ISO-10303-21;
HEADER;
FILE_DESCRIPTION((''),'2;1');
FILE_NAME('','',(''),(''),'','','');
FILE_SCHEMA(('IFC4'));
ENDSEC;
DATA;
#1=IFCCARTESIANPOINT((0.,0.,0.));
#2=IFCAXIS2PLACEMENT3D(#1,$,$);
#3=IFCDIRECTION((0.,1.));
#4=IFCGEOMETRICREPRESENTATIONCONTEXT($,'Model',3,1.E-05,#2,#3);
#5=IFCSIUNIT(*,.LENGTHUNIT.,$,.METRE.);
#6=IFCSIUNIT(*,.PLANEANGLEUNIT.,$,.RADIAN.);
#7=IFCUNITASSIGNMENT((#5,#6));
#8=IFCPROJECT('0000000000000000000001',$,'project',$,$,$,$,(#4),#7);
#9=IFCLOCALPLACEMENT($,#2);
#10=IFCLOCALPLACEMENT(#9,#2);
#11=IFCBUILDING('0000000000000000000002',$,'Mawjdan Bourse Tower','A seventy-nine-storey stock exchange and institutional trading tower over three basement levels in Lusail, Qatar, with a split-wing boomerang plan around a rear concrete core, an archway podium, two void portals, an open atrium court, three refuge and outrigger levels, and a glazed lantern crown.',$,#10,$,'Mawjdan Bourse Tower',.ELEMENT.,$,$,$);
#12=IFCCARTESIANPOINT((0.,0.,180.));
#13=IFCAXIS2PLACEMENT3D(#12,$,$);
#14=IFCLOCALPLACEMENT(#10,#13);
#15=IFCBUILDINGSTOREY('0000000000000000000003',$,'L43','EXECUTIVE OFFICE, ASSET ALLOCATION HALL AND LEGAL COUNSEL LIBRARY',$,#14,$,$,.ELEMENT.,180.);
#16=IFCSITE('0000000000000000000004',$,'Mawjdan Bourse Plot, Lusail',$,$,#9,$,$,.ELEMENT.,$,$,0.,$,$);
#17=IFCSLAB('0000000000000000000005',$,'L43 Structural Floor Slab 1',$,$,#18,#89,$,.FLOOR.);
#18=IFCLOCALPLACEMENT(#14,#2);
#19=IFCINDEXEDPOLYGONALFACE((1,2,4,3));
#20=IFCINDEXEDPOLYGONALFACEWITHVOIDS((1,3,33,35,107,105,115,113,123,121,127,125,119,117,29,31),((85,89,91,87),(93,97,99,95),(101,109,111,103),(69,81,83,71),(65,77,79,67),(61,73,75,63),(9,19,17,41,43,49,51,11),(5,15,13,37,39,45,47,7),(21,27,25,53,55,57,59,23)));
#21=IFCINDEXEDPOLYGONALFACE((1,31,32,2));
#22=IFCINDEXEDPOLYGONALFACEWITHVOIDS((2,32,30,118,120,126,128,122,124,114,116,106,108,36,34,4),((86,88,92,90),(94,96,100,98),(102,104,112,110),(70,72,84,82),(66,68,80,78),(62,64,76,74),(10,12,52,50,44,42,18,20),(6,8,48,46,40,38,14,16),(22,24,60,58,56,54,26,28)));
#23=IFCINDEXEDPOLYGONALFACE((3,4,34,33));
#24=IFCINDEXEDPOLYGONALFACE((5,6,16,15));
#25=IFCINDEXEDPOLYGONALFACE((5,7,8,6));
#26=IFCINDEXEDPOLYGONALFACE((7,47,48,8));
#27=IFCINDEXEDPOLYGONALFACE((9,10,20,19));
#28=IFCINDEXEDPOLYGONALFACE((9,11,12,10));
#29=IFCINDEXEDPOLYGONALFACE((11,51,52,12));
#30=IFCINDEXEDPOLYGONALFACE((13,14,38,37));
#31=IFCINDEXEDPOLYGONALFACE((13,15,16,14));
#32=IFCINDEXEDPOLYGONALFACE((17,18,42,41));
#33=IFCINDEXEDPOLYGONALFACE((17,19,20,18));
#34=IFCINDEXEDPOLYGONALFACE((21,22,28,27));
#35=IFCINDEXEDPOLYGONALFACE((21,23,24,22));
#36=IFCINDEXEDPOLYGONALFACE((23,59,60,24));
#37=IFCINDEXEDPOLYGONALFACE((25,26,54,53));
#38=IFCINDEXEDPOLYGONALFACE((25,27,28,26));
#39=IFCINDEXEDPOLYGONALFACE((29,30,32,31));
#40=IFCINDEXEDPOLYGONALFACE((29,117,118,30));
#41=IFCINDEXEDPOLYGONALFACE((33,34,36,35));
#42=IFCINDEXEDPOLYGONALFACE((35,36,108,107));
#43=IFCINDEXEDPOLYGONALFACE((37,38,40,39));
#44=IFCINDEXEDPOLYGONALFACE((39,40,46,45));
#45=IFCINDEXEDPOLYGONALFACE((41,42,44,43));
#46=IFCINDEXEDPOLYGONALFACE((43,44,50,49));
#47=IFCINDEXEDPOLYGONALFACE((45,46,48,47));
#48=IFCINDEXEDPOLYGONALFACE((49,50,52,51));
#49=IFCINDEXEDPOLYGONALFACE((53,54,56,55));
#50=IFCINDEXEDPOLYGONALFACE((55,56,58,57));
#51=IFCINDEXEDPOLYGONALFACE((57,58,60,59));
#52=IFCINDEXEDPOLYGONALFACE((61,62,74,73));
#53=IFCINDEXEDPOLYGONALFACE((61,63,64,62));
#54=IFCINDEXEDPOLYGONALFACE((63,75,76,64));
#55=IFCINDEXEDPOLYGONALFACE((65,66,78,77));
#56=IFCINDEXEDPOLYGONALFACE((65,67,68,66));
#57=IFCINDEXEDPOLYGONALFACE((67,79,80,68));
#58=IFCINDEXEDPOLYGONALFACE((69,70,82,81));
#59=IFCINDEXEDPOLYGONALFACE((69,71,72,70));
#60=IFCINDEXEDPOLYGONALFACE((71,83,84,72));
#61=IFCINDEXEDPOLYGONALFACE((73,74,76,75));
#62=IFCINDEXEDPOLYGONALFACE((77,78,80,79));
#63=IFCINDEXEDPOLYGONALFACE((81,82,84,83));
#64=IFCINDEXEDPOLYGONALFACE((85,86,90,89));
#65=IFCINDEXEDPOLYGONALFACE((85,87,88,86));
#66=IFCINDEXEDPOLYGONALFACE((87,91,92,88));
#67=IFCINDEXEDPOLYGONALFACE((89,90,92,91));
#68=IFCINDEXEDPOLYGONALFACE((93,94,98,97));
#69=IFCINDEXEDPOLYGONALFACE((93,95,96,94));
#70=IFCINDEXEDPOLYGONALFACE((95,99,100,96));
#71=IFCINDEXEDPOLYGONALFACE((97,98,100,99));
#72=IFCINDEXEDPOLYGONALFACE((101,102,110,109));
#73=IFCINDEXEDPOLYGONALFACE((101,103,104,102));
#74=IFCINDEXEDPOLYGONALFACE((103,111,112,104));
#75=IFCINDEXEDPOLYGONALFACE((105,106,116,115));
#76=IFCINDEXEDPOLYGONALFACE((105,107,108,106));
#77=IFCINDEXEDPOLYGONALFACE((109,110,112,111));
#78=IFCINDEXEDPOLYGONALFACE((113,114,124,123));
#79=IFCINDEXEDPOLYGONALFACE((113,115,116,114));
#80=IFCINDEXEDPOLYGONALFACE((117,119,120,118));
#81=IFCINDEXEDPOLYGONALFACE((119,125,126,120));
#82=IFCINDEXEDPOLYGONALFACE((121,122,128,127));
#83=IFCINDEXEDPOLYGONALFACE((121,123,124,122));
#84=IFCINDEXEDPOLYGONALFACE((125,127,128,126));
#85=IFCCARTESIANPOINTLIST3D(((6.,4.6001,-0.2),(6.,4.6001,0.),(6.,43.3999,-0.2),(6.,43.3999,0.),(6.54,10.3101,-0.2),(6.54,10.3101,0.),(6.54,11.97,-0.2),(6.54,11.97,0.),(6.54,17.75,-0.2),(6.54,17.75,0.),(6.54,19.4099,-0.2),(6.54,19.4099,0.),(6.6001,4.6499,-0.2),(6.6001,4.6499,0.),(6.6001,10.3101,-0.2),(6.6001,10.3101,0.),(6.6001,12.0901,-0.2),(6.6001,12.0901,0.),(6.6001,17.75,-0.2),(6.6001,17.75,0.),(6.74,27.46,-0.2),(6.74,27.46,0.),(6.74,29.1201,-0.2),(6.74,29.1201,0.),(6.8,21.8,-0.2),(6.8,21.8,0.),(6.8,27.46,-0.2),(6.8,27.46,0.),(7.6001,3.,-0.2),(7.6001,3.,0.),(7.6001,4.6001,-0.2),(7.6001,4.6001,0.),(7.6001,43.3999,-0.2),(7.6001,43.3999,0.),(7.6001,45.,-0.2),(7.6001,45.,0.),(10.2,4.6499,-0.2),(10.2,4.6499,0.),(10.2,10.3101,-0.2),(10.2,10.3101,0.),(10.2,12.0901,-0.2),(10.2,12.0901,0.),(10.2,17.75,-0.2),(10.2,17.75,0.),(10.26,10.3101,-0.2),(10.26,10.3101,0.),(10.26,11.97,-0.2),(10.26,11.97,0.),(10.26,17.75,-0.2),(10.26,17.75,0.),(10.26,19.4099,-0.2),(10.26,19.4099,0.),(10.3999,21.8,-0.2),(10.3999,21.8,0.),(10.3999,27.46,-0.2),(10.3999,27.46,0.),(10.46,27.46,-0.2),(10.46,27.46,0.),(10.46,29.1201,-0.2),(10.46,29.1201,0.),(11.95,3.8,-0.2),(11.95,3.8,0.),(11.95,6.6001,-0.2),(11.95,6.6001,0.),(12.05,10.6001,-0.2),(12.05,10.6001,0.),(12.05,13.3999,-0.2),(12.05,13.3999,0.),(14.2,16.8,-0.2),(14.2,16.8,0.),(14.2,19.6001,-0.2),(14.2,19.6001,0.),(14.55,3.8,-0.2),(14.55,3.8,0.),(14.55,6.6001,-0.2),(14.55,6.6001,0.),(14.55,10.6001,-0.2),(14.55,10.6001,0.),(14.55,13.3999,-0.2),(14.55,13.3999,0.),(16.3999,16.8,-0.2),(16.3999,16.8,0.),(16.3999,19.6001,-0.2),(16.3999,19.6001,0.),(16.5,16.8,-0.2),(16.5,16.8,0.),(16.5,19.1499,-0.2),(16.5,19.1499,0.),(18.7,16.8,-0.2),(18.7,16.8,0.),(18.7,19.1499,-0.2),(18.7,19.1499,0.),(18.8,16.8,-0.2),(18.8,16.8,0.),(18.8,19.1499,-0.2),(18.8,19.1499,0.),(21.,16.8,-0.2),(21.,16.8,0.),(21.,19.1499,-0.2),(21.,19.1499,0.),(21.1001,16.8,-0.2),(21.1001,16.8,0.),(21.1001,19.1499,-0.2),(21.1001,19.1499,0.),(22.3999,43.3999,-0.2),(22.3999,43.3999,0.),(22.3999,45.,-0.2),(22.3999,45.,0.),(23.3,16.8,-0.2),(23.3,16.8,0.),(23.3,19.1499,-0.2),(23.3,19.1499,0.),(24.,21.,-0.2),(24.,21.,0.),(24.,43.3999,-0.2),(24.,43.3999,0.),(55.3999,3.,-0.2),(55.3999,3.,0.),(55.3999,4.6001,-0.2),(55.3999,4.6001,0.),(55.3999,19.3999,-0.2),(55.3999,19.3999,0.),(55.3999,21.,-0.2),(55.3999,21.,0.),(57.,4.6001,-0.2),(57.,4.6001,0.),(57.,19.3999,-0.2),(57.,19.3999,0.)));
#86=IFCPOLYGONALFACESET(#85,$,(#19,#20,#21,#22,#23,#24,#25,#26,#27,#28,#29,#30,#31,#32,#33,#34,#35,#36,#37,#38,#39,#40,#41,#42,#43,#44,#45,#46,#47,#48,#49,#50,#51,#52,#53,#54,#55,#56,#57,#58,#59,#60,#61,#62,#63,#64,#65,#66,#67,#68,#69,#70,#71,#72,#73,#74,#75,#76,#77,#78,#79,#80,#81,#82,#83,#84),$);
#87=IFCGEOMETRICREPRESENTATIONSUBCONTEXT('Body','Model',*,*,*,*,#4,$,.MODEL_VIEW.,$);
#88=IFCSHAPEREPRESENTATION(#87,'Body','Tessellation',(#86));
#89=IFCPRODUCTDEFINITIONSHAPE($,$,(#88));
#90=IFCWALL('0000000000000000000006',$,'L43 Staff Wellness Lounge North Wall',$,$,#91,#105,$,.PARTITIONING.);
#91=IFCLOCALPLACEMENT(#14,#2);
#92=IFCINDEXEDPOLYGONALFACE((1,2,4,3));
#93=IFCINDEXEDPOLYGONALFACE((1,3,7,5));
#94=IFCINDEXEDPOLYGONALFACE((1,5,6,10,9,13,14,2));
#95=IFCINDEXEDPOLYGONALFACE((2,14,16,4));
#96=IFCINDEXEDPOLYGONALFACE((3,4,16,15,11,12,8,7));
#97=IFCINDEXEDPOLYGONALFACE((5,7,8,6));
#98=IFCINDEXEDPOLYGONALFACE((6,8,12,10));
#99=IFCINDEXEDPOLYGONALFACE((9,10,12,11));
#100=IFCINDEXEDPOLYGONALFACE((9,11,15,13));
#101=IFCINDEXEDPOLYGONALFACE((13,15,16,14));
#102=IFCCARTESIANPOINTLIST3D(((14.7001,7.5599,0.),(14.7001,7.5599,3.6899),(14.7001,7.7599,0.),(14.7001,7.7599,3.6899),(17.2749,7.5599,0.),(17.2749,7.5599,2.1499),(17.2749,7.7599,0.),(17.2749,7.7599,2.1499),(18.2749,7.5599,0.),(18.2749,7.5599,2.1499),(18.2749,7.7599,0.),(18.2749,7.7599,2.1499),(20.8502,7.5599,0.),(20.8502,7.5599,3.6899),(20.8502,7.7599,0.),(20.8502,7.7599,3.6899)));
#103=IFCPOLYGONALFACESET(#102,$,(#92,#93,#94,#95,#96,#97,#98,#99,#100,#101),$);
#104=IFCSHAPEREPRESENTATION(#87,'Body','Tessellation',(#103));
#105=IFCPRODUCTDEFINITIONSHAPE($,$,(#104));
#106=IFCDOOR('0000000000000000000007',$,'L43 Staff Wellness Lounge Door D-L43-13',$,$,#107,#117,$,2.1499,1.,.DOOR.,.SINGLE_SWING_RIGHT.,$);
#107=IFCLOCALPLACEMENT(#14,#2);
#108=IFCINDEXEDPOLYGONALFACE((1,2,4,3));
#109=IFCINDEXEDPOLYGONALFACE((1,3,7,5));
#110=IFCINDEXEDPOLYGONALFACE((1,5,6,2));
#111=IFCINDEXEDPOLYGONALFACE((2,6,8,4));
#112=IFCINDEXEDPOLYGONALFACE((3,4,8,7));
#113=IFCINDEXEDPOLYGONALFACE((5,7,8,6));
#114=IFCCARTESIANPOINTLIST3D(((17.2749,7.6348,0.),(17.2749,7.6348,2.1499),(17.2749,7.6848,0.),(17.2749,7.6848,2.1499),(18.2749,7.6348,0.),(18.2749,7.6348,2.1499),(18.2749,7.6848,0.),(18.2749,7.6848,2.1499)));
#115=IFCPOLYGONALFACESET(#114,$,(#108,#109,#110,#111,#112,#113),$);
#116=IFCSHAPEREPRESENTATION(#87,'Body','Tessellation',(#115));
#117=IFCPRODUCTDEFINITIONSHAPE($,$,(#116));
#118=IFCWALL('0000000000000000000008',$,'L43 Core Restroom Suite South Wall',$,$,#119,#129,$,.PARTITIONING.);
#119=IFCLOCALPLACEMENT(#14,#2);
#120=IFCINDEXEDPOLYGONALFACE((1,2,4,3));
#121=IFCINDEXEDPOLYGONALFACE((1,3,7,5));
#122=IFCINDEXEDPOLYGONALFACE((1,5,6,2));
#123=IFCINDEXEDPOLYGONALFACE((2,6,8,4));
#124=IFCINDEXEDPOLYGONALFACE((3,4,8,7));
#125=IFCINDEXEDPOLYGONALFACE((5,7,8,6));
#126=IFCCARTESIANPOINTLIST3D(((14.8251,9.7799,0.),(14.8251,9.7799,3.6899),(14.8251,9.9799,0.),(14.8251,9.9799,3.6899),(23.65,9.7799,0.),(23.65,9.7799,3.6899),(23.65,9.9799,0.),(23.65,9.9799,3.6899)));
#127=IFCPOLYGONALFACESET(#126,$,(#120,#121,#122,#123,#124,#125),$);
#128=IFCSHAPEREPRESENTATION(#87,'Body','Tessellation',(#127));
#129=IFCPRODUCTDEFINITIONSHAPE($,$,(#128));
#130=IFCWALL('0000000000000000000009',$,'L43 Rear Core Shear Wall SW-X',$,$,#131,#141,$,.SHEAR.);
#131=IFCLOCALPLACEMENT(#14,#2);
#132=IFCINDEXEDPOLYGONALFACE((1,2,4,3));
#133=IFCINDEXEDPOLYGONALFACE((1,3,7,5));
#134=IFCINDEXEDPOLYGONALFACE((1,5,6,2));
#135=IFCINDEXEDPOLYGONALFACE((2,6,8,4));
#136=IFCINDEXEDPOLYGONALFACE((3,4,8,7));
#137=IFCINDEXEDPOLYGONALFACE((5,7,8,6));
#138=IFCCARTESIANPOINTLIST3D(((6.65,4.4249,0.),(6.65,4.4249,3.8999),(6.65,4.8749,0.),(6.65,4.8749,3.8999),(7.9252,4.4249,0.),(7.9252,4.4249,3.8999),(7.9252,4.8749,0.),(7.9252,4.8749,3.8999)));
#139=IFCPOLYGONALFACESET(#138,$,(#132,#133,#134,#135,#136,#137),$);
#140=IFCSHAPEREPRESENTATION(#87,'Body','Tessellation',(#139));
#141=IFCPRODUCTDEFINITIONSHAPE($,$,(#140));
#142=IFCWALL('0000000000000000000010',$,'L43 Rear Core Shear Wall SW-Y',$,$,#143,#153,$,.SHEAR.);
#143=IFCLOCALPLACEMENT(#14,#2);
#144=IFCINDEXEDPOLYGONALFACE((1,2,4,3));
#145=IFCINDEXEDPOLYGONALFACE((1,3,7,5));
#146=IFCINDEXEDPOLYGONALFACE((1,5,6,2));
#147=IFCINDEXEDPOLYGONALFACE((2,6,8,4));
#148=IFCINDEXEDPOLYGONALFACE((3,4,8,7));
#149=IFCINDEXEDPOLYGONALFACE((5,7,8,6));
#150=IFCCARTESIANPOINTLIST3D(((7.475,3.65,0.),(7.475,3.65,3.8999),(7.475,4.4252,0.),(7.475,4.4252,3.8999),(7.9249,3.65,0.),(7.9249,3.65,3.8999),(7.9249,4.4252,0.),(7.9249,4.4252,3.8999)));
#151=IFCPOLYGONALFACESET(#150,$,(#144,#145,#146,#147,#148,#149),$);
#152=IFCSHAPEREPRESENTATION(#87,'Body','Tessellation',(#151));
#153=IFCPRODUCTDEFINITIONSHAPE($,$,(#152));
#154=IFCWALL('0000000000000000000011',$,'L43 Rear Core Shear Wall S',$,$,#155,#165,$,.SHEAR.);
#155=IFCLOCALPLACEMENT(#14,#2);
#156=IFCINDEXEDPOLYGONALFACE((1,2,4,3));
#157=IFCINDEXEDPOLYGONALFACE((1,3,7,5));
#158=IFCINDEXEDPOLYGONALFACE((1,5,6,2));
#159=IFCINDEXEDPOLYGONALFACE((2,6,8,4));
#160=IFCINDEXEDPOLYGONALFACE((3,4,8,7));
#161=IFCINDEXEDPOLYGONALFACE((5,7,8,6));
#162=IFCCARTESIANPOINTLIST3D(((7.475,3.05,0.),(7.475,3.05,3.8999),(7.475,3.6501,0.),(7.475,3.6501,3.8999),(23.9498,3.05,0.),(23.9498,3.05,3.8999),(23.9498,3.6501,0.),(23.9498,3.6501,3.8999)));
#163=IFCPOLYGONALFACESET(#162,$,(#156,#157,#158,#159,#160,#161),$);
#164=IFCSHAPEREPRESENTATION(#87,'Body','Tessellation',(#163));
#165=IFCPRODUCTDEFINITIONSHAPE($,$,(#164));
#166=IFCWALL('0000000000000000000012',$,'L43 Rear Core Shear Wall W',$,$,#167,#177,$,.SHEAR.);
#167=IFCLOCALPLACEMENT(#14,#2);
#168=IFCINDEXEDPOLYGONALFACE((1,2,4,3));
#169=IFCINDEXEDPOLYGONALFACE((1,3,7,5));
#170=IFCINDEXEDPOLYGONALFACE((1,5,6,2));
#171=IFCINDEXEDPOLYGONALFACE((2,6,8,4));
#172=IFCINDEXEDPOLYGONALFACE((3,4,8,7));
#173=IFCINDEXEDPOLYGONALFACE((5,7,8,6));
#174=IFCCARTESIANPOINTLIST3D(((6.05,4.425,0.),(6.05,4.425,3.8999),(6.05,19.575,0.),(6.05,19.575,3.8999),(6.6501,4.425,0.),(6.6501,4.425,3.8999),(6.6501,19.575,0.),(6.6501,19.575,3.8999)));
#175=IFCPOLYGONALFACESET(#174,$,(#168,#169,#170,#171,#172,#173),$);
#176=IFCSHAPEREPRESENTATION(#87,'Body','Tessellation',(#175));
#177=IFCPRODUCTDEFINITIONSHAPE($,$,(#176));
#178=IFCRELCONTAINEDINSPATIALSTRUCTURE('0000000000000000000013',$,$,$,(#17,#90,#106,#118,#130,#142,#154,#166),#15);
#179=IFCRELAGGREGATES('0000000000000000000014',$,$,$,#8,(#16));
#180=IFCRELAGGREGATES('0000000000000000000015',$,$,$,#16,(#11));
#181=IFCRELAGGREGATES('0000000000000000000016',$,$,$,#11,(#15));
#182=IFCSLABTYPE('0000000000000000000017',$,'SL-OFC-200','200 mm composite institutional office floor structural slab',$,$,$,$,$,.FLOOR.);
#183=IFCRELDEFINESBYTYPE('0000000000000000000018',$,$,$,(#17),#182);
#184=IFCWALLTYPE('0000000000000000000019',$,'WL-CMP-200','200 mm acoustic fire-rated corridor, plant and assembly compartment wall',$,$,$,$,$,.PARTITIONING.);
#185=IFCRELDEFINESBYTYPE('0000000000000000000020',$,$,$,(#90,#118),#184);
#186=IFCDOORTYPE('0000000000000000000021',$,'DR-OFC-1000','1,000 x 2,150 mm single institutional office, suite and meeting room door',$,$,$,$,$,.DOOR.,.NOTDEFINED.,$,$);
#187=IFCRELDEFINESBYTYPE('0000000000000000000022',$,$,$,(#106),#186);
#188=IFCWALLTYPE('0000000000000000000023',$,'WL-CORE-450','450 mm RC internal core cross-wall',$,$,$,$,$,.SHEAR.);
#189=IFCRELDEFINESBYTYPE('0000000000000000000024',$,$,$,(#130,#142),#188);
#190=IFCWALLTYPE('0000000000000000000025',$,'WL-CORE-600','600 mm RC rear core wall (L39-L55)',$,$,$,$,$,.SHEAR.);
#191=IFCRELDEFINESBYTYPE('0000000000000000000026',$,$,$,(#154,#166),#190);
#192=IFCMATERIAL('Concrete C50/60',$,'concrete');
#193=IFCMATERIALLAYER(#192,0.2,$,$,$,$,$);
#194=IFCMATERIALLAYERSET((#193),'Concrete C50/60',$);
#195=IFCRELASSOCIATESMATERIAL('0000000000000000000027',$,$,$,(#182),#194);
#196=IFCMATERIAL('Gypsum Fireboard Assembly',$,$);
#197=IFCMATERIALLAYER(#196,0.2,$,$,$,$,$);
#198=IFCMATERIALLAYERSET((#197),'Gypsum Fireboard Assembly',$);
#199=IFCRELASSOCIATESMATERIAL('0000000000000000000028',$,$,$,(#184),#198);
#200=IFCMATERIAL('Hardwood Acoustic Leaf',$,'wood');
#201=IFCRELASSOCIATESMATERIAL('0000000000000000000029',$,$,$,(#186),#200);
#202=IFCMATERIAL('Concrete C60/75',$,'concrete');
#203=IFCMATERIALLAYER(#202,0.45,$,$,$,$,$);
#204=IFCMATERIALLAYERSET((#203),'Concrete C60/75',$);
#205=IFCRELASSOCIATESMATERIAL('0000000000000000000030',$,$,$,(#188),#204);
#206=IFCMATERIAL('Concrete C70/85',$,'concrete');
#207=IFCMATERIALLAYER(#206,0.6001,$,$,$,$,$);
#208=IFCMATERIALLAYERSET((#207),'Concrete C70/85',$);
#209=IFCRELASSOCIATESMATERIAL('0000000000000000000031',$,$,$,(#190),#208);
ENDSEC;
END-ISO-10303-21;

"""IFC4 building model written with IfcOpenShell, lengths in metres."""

from ifc_helpers import new_model, si_unit, direction, frame, frame_2d, origin, place, context, subcontext, project, spatial, polyline, rectangle, outline, extrude, material, layer, layer_set, type_object, element, fill, save


model = new_model("IFC4")

# Units and contexts
model_context = context("Model", 3, precision=1e-05, world=origin(), true_north=direction((0.0, 1.0)))
body_context = subcontext(model_context, "Body", "Model", "MODEL_VIEW")
ifc_project = project(units=[si_unit("LENGTHUNIT", "METRE"), si_unit("PLANEANGLEUNIT", "RADIAN")], contexts=[model_context])

# Site, building, storey
site_placement = place(None, origin())
site = spatial("IfcSite", under=ifc_project, at=site_placement, Name="Mawjdan Bourse Plot, Lusail", CompositionType="ELEMENT", RefElevation=0.0)
building_placement = place(site_placement, origin())
building = spatial("IfcBuilding", under=site, at=building_placement, Name="Mawjdan Bourse Tower", Description="A seventy-nine-storey stock exchange and institutional trading tower over three basement levels in Lusail, Qatar, with a split-wing boomerang plan around a rear concrete core, an archway podium, two void portals, an open atrium court, three refuge and outrigger levels, and a glazed lantern crown.", LongName="Mawjdan Bourse Tower", CompositionType="ELEMENT")
storey_placement = place(building_placement, frame((0.0, 0.0, 180.0)))
storey = spatial("IfcBuildingStorey", under=building, at=storey_placement, Name="L43", Description="EXECUTIVE OFFICE, ASSET ALLOCATION HALL AND LEGAL COUNSEL LIBRARY", CompositionType="ELEMENT", Elevation=180.0)

# Shared definitions
ifc_material_1 = material(Name="Concrete C50/60", Category="concrete")

# Slab
ifc_layer_1 = layer(ifc_material_1, 0.2)
ifc_layer_set_1 = layer_set([ifc_layer_1], Name="Concrete C50/60")
slab_type_1 = type_object("IfcSlabType", Name="SL-OFC-200", Description="200 mm composite institutional office floor structural slab", PredefinedType="FLOOR", material=ifc_layer_set_1)
slab_1_placement = place(storey_placement, frame((0.0, 0.0, -0.2)))
element("IfcSlab", 1, at=slab_1_placement, inside=storey, type_object=slab_type_1, Name="L43 Structural Floor Slab 1", PredefinedType="FLOOR", context=body_context, shape_type="SweptSolid", body=[
    extrude(outline(polyline([(7.6001, 3.0), (55.3999, 3.0), (55.3999, 4.6001), (57.0, 4.6001), (57.0, 19.3999), (55.3999, 19.3999), (55.3999, 21.0), (24.0, 21.0), (24.0, 43.3999), (22.3999, 43.3999), (22.3999, 45.0), (7.6001, 45.0), (7.6001, 43.3999), (6.0, 43.3999), (6.0, 4.6001), (7.6001, 4.6001), (7.6001, 3.0)]), holes=[polyline([(6.54, 11.97), (10.26, 11.97), (10.26, 10.3101), (10.2, 10.3101), (10.2, 4.6499), (6.6001, 4.6499), (6.6001, 10.3101), (6.54, 10.3101), (6.54, 11.97)]), polyline([(6.6001, 12.0901), (6.6001, 17.75), (6.54, 17.75), (6.54, 19.4099), (10.26, 19.4099), (10.26, 17.75), (10.2, 17.75), (10.2, 12.0901), (6.6001, 12.0901)]), polyline([(10.46, 29.1201), (10.46, 27.46), (10.3999, 27.46), (10.3999, 21.8), (6.8, 21.8), (6.8, 27.46), (6.74, 27.46), (6.74, 29.1201), (10.46, 29.1201)]), polyline([(14.55, 3.8), (11.95, 3.8), (11.95, 6.6001), (14.55, 6.6001), (14.55, 3.8)]), polyline([(12.05, 10.6001), (12.05, 13.3999), (14.55, 13.3999), (14.55, 10.6001), (12.05, 10.6001)]), polyline([(16.5, 16.8), (16.5, 19.1499), (18.7, 19.1499), (18.7, 16.8), (16.5, 16.8)]), polyline([(21.0, 16.8), (18.8, 16.8), (18.8, 19.1499), (21.0, 19.1499), (21.0, 16.8)]), polyline([(21.1001, 16.8), (21.1001, 19.1499), (23.3, 19.1499), (23.3, 16.8), (21.1001, 16.8)]), polyline([(14.2, 16.8), (14.2, 19.6001), (16.3999, 19.6001), (16.3999, 16.8), (14.2, 16.8)])]), origin(), (0.0, 0.0, 1.0), 0.2),
])

# Wall, opening, door
ifc_material_2 = material(Name="Gypsum Fireboard Assembly")
ifc_layer_2 = layer(ifc_material_2, 0.2)
ifc_layer_set_2 = layer_set([ifc_layer_2], Name="Gypsum Fireboard Assembly")
wall_type_1 = type_object("IfcWallType", Name="WL-CMP-200", Description="200 mm acoustic fire-rated corridor, plant and assembly compartment wall", PredefinedType="PARTITIONING", material=ifc_layer_set_2)
wall_1_placement = place(storey_placement, frame((14.7, 7.6599, 0.0), z_axis=(0.0, 0.0, 1.0), x_axis=(1.0, 0.0, 0.0)))
wall_1 = element("IfcWall", 2, at=wall_1_placement, inside=storey, type_object=wall_type_1, Name="L43 Staff Wellness Lounge North Wall", PredefinedType="PARTITIONING", context=body_context, shape_type="SweptSolid", body=[
    extrude(rectangle(XDim=6.1501, YDim=0.2, at=frame_2d((3.0752, 0.0))), origin(), (0.0, 0.0, 1.0), 3.6899),
])
opening_1_placement = place(wall_1_placement, frame((2.575, 0.0, 0.0)))
opening_1 = element("IfcOpeningElement", 3, at=opening_1_placement, cuts=wall_1, PredefinedType="OPENING", context=body_context, shape_type="SweptSolid", body=[
    extrude(rectangle(XDim=1.0, YDim=2.1499, at=frame_2d((0.5, 1.075))), frame((0.0, 0.1099, 0.0), z_axis=(0.0, -1.0, 0.0), x_axis=(1.0, 0.0, 0.0)), (0.0, 0.0, 1.0), 0.22),
])
ifc_material_3 = material(Name="Hardwood Acoustic Leaf", Category="wood")
door_type_1 = type_object("IfcDoorType", Name="DR-OFC-1000", Description="1,000 x 2,150 mm single institutional office, suite and meeting room door", OperationType="NOTDEFINED", PredefinedType="DOOR", material=ifc_material_3)
door_1_placement = place(opening_1_placement, origin())
door_1 = element("IfcDoor", 4, at=door_1_placement, inside=storey, type_object=door_type_1, Name="L43 Staff Wellness Lounge Door D-L43-13", OperationType="SINGLE_SWING_RIGHT", OverallHeight=2.1499, OverallWidth=1.0, PredefinedType="DOOR", context=body_context, shape_type="SweptSolid", body=[
    extrude(rectangle(XDim=1.0, YDim=2.1499, at=frame_2d((0.5, 1.075))), frame((0.0, 0.0249, 0.0), z_axis=(0.0, -1.0, 0.0), x_axis=(1.0, 0.0, 0.0)), (0.0, 0.0, 1.0), 0.05),
])
fill(opening_1, door_1)

# Walls
wall_2_placement = place(storey_placement, frame((14.825, 9.8799, 0.0), z_axis=(0.0, 0.0, 1.0), x_axis=(1.0, 0.0, 0.0)))
element("IfcWall", 5, at=wall_2_placement, inside=storey, type_object=wall_type_1, Name="L43 Core Restroom Suite South Wall", PredefinedType="PARTITIONING", context=body_context, shape_type="SweptSolid", body=[
    extrude(rectangle(XDim=8.825, YDim=0.2, at=frame_2d((4.4126, 0.0))), origin(), (0.0, 0.0, 1.0), 3.6899),
])
ifc_material_4 = material(Name="Concrete C60/75", Category="concrete")
ifc_layer_3 = layer(ifc_material_4, 0.45)
ifc_layer_set_3 = layer_set([ifc_layer_3], Name="Concrete C60/75")
wall_type_2 = type_object("IfcWallType", Name="WL-CORE-450", Description="450 mm RC internal core cross-wall", PredefinedType="SHEAR", material=ifc_layer_set_3)
wall_3_placement = place(storey_placement, frame((6.6499, 4.6499, 0.0), z_axis=(0.0, 0.0, 1.0), x_axis=(1.0, 0.0, 0.0)))
element("IfcWall", 6, at=wall_3_placement, inside=storey, type_object=wall_type_2, Name="L43 Rear Core Shear Wall SW-X", PredefinedType="SHEAR", context=body_context, shape_type="SweptSolid", body=[
    extrude(rectangle(XDim=1.2751, YDim=0.45, at=frame_2d((0.6377, 0.0))), origin(), (0.0, 0.0, 1.0), 3.8999),
])
wall_4_placement = place(storey_placement, frame((7.7, 3.6499, 0.0), z_axis=(0.0, 0.0, 1.0), x_axis=(0.0, 1.0, 0.0)))
element("IfcWall", 7, at=wall_4_placement, inside=storey, type_object=wall_type_2, Name="L43 Rear Core Shear Wall SW-Y", PredefinedType="SHEAR", context=body_context, shape_type="SweptSolid", body=[
    extrude(rectangle(XDim=0.7751, YDim=0.45, at=frame_2d((0.3877, 0.0))), origin(), (0.0, 0.0, 1.0), 3.8999),
])
ifc_material_5 = material(Name="Concrete C70/85", Category="concrete")
ifc_layer_4 = layer(ifc_material_5, 0.6001)
ifc_layer_set_4 = layer_set([ifc_layer_4], Name="Concrete C70/85")
wall_type_3 = type_object("IfcWallType", Name="WL-CORE-600", Description="600 mm RC rear core wall (L39-L55)", PredefinedType="SHEAR", material=ifc_layer_set_4)
wall_5_placement = place(storey_placement, frame((7.4751, 3.3501, 0.0), z_axis=(0.0, 0.0, 1.0), x_axis=(1.0, 0.0, 0.0)))
element("IfcWall", 8, at=wall_5_placement, inside=storey, type_object=wall_type_3, Name="L43 Rear Core Shear Wall S", PredefinedType="SHEAR", context=body_context, shape_type="SweptSolid", body=[
    extrude(rectangle(XDim=16.4749, YDim=0.6001, at=frame_2d((8.2373, 0.0))), origin(), (0.0, 0.0, 1.0), 3.8999),
])
wall_6_placement = place(storey_placement, frame((6.3501, 4.425, 0.0), z_axis=(0.0, 0.0, 1.0), x_axis=(0.0, 1.0, 0.0)))
element("IfcWall", 9, at=wall_6_placement, inside=storey, type_object=wall_type_3, Name="L43 Rear Core Shear Wall W", PredefinedType="SHEAR", context=body_context, shape_type="SweptSolid", body=[
    extrude(rectangle(XDim=15.1499, YDim=0.6001, at=frame_2d((7.575, 0.0))), origin(), (0.0, 0.0, 1.0), 3.8999),
])

save(model, "model.ifc")
